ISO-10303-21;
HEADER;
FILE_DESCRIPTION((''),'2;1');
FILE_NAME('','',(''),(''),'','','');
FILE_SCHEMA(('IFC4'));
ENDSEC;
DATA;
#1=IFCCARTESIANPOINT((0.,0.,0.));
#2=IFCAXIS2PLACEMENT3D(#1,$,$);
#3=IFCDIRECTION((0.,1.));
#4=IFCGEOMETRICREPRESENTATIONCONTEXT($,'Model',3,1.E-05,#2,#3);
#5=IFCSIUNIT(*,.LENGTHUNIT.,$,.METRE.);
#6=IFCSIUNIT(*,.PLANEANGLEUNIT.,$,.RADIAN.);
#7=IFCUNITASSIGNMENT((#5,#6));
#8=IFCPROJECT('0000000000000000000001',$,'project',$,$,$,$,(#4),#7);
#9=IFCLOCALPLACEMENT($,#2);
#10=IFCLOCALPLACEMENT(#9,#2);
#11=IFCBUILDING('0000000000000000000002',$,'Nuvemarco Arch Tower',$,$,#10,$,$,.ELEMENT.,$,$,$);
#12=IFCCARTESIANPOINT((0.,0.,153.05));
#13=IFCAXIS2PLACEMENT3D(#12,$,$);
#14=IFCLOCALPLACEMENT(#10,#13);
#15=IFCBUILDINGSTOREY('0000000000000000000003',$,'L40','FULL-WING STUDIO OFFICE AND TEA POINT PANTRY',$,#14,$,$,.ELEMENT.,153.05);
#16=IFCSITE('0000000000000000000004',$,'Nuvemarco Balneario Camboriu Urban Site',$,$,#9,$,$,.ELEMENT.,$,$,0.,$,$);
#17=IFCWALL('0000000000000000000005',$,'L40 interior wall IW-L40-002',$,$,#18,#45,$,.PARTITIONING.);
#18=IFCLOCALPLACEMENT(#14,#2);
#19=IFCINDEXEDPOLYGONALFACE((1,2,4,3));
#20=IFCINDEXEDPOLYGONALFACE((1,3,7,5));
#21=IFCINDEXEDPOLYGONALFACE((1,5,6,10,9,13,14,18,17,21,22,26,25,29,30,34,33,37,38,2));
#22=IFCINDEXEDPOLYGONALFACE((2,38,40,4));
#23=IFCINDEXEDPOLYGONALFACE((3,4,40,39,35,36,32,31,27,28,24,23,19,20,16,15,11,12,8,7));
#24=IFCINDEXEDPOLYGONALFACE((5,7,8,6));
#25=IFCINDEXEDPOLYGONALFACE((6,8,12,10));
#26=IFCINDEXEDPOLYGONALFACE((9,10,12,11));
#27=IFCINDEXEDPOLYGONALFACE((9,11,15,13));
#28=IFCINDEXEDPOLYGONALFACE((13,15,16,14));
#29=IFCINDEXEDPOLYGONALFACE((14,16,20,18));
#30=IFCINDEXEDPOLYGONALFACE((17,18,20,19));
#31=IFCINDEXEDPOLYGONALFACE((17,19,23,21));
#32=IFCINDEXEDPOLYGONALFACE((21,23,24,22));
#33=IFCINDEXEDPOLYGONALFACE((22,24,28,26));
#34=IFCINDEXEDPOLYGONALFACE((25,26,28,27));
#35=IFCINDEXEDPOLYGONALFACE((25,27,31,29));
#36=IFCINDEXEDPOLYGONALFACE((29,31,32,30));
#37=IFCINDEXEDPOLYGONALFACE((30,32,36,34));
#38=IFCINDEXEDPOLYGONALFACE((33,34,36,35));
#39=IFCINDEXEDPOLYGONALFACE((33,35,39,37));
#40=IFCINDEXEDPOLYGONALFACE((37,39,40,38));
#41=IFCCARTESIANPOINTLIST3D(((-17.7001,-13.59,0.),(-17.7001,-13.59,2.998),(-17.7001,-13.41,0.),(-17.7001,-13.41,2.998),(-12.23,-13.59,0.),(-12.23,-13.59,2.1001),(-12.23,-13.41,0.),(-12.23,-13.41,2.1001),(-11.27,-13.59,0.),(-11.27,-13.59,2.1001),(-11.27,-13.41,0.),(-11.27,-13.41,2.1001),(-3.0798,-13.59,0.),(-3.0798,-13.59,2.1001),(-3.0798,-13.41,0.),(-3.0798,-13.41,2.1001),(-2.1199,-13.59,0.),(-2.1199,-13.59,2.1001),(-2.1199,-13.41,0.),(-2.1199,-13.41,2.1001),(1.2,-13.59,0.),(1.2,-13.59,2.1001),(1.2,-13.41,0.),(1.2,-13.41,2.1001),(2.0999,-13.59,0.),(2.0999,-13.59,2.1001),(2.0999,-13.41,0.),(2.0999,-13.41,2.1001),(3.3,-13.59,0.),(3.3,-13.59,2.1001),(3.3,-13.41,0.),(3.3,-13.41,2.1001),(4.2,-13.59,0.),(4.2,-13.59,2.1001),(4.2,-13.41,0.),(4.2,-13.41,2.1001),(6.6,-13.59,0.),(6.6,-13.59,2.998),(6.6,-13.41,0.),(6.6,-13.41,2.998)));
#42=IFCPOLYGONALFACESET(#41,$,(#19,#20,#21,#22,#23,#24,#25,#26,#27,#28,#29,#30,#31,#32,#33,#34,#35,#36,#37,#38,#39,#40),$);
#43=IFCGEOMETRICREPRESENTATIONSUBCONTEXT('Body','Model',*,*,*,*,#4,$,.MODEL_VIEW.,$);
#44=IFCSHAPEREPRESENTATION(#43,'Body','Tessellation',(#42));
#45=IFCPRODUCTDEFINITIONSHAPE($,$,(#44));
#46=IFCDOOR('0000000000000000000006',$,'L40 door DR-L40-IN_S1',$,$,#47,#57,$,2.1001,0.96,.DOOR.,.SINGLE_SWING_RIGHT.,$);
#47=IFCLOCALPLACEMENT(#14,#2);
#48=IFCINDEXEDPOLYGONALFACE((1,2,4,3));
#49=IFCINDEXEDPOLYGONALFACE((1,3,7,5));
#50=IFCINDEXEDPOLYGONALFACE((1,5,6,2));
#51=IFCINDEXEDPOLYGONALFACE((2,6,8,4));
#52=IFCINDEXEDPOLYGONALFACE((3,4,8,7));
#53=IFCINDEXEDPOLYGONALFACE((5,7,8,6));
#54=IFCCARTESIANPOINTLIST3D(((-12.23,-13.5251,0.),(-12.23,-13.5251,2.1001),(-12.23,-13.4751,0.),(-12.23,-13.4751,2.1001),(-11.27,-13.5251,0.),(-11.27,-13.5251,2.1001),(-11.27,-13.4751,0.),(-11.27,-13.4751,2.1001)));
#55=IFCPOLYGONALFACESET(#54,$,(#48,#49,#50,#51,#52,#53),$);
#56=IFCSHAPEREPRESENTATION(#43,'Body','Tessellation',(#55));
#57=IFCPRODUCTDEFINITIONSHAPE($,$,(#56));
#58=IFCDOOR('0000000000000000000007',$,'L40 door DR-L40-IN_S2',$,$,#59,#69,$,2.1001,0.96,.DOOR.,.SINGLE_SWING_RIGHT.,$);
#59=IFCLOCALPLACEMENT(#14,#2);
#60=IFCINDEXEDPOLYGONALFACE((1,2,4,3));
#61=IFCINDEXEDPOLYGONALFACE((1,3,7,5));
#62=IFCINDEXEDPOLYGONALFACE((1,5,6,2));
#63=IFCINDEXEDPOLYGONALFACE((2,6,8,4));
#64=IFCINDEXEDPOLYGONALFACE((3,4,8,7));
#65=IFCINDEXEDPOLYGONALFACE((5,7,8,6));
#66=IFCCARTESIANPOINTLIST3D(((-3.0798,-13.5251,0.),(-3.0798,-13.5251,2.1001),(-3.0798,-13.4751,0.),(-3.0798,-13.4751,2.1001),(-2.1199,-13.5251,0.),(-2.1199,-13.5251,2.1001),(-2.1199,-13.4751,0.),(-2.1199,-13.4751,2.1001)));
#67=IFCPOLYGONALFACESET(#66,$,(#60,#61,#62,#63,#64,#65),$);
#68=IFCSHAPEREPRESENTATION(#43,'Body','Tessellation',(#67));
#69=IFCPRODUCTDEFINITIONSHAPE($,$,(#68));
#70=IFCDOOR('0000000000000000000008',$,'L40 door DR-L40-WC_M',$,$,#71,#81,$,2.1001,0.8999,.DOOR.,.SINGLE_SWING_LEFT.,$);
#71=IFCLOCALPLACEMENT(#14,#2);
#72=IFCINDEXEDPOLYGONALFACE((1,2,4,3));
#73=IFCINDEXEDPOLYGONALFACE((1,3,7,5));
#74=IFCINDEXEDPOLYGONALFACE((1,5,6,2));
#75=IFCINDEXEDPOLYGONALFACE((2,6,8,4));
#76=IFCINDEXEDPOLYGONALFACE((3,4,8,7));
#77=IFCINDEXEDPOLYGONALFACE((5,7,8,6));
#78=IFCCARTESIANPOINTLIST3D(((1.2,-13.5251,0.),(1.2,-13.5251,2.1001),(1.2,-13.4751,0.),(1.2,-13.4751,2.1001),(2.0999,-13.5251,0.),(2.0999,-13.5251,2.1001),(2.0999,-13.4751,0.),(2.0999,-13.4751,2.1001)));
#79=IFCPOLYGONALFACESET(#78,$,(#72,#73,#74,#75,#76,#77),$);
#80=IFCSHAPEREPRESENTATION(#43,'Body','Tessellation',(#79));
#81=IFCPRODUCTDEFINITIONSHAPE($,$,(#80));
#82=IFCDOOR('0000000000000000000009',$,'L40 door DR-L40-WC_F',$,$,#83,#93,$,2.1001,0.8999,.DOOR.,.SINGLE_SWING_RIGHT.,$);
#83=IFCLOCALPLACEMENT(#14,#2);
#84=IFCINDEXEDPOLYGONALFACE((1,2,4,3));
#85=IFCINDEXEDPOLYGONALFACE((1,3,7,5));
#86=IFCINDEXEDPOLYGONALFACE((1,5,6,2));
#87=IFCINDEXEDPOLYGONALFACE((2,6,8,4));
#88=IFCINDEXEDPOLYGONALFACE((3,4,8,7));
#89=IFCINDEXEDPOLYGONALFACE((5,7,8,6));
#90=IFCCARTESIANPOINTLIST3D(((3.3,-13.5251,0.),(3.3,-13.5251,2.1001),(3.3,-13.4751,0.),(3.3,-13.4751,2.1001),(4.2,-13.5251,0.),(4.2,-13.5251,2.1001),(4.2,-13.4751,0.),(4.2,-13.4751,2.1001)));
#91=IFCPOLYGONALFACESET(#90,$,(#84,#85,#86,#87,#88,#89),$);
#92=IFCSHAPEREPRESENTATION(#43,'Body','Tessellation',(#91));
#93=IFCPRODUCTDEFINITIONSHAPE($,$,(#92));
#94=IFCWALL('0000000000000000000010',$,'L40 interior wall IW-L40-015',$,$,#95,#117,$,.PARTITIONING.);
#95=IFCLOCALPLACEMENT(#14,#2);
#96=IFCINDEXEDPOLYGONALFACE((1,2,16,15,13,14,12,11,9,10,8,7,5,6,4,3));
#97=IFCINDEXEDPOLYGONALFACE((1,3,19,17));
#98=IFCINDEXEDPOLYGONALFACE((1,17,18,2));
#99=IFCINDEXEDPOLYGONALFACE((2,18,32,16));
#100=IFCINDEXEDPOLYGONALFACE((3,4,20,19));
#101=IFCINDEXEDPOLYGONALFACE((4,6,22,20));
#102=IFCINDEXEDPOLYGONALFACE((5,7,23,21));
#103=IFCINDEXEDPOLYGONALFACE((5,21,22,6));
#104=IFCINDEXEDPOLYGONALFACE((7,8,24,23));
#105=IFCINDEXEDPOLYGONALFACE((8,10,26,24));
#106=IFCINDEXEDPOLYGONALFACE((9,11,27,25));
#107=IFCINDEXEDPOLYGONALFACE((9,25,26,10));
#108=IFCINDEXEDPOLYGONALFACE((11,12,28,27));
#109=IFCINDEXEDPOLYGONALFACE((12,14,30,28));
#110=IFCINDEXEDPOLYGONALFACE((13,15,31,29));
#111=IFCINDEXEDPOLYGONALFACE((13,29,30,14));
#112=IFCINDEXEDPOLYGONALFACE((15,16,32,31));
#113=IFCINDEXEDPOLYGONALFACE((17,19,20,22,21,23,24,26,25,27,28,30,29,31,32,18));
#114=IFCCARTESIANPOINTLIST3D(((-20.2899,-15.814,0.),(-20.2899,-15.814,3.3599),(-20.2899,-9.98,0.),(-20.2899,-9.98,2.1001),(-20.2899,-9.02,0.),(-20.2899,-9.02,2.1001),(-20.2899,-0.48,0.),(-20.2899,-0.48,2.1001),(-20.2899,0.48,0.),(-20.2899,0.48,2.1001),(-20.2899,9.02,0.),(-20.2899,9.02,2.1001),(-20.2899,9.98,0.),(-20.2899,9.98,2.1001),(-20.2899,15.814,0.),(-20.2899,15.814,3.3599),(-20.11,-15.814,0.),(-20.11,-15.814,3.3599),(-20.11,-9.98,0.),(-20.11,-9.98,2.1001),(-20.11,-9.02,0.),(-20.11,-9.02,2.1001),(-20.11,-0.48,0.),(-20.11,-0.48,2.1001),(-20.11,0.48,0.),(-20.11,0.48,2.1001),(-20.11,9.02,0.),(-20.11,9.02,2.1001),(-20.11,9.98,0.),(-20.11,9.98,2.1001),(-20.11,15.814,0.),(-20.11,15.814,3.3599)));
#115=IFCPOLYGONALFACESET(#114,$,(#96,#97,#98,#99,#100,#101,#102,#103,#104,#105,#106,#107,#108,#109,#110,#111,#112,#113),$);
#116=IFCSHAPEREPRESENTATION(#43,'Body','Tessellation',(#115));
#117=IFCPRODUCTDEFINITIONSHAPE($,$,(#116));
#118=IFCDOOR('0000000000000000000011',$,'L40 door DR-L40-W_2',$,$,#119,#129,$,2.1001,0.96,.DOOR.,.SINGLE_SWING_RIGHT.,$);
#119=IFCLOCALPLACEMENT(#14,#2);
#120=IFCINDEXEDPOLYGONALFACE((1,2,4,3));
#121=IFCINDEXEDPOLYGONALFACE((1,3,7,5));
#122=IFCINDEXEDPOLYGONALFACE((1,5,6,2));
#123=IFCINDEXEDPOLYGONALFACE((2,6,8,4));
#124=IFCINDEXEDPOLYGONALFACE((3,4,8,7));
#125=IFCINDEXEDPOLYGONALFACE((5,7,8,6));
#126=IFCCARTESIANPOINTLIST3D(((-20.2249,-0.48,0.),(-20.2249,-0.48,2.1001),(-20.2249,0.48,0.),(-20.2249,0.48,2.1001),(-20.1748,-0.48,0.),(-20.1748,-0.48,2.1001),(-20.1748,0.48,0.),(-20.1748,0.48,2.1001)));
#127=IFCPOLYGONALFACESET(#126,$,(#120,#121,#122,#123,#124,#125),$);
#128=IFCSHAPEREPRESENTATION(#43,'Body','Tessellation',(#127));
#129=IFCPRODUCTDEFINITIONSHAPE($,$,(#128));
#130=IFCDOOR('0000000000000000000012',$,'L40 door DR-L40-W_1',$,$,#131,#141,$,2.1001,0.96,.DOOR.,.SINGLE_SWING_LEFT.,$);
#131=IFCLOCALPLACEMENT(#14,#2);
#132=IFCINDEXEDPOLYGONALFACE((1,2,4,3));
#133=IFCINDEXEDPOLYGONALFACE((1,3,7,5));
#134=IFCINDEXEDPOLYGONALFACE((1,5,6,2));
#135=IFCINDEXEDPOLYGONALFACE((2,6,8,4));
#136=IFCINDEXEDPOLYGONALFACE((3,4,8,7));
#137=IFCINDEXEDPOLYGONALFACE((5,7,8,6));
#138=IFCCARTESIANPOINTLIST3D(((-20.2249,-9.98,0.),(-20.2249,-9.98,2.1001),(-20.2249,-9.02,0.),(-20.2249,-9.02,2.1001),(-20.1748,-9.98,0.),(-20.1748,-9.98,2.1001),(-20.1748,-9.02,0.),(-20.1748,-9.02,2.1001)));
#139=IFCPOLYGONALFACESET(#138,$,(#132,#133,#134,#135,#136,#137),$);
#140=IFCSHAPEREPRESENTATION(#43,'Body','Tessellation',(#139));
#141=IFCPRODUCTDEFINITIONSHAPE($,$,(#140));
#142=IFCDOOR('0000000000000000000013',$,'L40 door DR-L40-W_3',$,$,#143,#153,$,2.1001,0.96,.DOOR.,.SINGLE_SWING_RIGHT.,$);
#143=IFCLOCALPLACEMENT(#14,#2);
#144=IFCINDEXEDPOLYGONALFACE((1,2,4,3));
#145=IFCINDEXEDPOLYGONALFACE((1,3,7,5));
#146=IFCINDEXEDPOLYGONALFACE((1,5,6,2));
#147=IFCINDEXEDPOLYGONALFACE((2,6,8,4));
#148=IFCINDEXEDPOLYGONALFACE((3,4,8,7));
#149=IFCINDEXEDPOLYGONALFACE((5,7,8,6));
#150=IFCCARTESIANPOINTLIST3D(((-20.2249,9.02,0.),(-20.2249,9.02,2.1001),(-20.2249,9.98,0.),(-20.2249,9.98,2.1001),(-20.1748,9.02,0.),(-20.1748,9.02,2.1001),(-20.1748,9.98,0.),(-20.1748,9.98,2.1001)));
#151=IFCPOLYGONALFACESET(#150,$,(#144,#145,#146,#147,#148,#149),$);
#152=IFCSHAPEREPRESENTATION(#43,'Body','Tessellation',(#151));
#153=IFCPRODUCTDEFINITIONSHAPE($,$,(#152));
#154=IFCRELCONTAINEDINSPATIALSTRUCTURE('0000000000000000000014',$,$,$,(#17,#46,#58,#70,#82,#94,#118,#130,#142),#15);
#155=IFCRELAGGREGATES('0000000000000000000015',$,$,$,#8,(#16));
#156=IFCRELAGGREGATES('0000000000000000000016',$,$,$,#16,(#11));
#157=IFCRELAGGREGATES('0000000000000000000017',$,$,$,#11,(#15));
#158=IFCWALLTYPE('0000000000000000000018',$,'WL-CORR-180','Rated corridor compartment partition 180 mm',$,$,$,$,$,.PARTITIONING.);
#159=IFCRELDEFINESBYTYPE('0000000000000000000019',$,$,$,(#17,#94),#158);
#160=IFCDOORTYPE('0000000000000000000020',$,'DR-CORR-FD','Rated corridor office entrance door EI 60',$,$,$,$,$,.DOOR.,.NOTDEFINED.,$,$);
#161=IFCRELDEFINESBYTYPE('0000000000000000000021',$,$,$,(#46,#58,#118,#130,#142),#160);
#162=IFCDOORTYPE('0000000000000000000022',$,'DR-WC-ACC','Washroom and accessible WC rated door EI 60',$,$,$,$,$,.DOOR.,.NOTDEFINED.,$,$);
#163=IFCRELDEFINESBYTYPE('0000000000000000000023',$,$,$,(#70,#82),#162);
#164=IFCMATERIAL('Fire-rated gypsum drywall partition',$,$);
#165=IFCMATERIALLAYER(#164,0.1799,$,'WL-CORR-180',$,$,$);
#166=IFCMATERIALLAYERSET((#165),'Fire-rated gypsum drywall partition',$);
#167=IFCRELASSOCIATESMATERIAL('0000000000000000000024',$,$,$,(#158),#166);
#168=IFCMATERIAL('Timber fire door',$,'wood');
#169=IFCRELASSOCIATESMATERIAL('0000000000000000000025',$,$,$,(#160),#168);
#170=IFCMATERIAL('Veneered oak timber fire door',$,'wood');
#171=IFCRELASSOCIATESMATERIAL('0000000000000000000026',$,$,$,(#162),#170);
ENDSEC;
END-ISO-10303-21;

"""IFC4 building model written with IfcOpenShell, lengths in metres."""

from ifc_helpers import new_model, si_unit, direction, frame, frame_2d, origin, place, context, subcontext, project, spatial, rectangle, extrude, source, transform, mapped, material, layer, layer_set, type_object, type_shapes, element, fill, save


model = new_model("IFC4")

# Units and contexts
model_context = context("Model", 3, precision=1e-05, world=origin(), true_north=direction((0.0, 1.0)))
body_context = subcontext(model_context, "Body", "Model", "MODEL_VIEW")
ifc_project = project(units=[si_unit("LENGTHUNIT", "METRE"), si_unit("PLANEANGLEUNIT", "RADIAN")], contexts=[model_context])

# Site, building, storey
site_placement = place(None, origin())
site = spatial("IfcSite", under=ifc_project, at=site_placement, Name="Nuvemarco Balneario Camboriu Urban Site", CompositionType="ELEMENT", RefElevation=0.0)
building_placement = place(site_placement, origin())
building = spatial("IfcBuilding", under=site, at=building_placement, Name="Nuvemarco Arch Tower", CompositionType="ELEMENT")
storey_placement = place(building_placement, frame((0.0, 0.0, 153.05)))
storey = spatial("IfcBuildingStorey", under=building, at=storey_placement, Name="L40", Description="FULL-WING STUDIO OFFICE AND TEA POINT PANTRY", CompositionType="ELEMENT", Elevation=153.05)

# Walls, openings, doors
ifc_material_1 = material(Name="Fire-rated gypsum drywall partition")
ifc_layer = layer(ifc_material_1, 0.1799, Name="WL-CORR-180")
ifc_layer_set = layer_set([ifc_layer], Name="Fire-rated gypsum drywall partition")
wall_type = type_object("IfcWallType", Name="WL-CORR-180", Description="Rated corridor compartment partition 180 mm", PredefinedType="PARTITIONING", material=ifc_layer_set)
ifc_material_2 = material(Name="Timber fire door", Category="wood")
door_type_1 = type_object("IfcDoorType", Name="DR-CORR-FD", Description="Rated corridor office entrance door EI 60", OperationType="NOTDEFINED", PredefinedType="DOOR", material=ifc_material_2)
shared_shape_1 = source(origin(), body_context, "Body", "SweptSolid", [
    extrude(rectangle(XDim=0.96, YDim=2.1001, at=frame_2d((0.48, 1.05))), frame((0.0, 0.0249, 0.0), z_axis=(0.0, -1.0, 0.0), x_axis=(1.0, 0.0, 0.0)), (0.0, 0.0, 1.0), 0.05),
])
type_shapes(door_type_1, [shared_shape_1])
wall_1_placement = place(storey_placement, frame((-17.7, -13.5, 0.0), z_axis=(0.0, 0.0, 1.0), x_axis=(1.0, 0.0, 0.0)))
wall_1 = element("IfcWall", 1, at=wall_1_placement, inside=storey, type_object=wall_type, Name="L40 interior wall IW-L40-002", PredefinedType="PARTITIONING", context=body_context, shape_type="SweptSolid", body=[
    extrude(rectangle(XDim=24.3, YDim=0.1799, at=frame_2d((12.1499, 0.0))), origin(), (0.0, 0.0, 1.0), 2.998),
])
opening_1_placement = place(wall_1_placement, frame((5.47, 0.0, 0.0)))
opening_1 = element("IfcOpeningElement", 2, at=opening_1_placement, cuts=wall_1, PredefinedType="OPENING", context=body_context, shape_type="SweptSolid", body=[
    extrude(rectangle(XDim=0.96, YDim=2.1001, at=frame_2d((0.48, 1.05))), frame((0.0, 0.0999, 0.0), z_axis=(0.0, -1.0, 0.0), x_axis=(1.0, 0.0, 0.0)), (0.0, 0.0, 1.0), 0.2),
])
opening_2_placement = place(wall_1_placement, frame((14.6201, 0.0, 0.0)))
opening_2 = element("IfcOpeningElement", 3, at=opening_2_placement, cuts=wall_1, PredefinedType="OPENING", context=body_context, shape_type="SweptSolid", body=[
    extrude(rectangle(XDim=0.96, YDim=2.1001, at=frame_2d((0.48, 1.05))), frame((0.0, 0.0999, 0.0), z_axis=(0.0, -1.0, 0.0), x_axis=(1.0, 0.0, 0.0)), (0.0, 0.0, 1.0), 0.2),
])
opening_3_placement = place(wall_1_placement, frame((18.8999, 0.0, 0.0)))
opening_3 = element("IfcOpeningElement", 4, at=opening_3_placement, cuts=wall_1, PredefinedType="OPENING", context=body_context, shape_type="SweptSolid", body=[
    extrude(rectangle(XDim=0.8999, YDim=2.1001, at=frame_2d((0.45, 1.05))), frame((0.0, 0.0999, 0.0), z_axis=(0.0, -1.0, 0.0), x_axis=(1.0, 0.0, 0.0)), (0.0, 0.0, 1.0), 0.2),
])
opening_4_placement = place(wall_1_placement, frame((21.0, 0.0, 0.0)))
opening_4 = element("IfcOpeningElement", 5, at=opening_4_placement, cuts=wall_1, PredefinedType="OPENING", context=body_context, shape_type="SweptSolid", body=[
    extrude(rectangle(XDim=0.8999, YDim=2.1001, at=frame_2d((0.45, 1.05))), frame((0.0, 0.0999, 0.0), z_axis=(0.0, -1.0, 0.0), x_axis=(1.0, 0.0, 0.0)), (0.0, 0.0, 1.0), 0.2),
])
door_1_placement = place(opening_1_placement, origin())
door_1 = element("IfcDoor", 6, at=door_1_placement, inside=storey, type_object=door_type_1, Name="L40 door DR-L40-IN_S1", OperationType="SINGLE_SWING_RIGHT", OverallHeight=2.1001, OverallWidth=0.96, PredefinedType="DOOR", context=body_context, shape_type="MappedRepresentation", body=[
    mapped(shared_shape_1, transform((0.0, 0.0, 0.0), scale=1.0)),
])
fill(opening_1, door_1)
door_2_placement = place(opening_2_placement, origin())
door_2 = element("IfcDoor", 7, at=door_2_placement, inside=storey, type_object=door_type_1, Name="L40 door DR-L40-IN_S2", OperationType="SINGLE_SWING_RIGHT", OverallHeight=2.1001, OverallWidth=0.96, PredefinedType="DOOR", context=body_context, shape_type="MappedRepresentation", body=[
    mapped(shared_shape_1, transform((0.0, 0.0, 0.0), scale=1.0)),
])
fill(opening_2, door_2)
ifc_material_3 = material(Name="Veneered oak timber fire door", Category="wood")
door_type_2 = type_object("IfcDoorType", Name="DR-WC-ACC", Description="Washroom and accessible WC rated door EI 60", OperationType="NOTDEFINED", PredefinedType="DOOR", material=ifc_material_3)
shared_shape_2 = source(origin(), body_context, "Body", "SweptSolid", [
    extrude(rectangle(XDim=0.8999, YDim=2.1001, at=frame_2d((0.45, 1.05))), frame((0.0, 0.0249, 0.0), z_axis=(0.0, -1.0, 0.0), x_axis=(1.0, 0.0, 0.0)), (0.0, 0.0, 1.0), 0.05),
])
type_shapes(door_type_2, [shared_shape_2])
door_3_placement = place(opening_3_placement, origin())
door_3 = element("IfcDoor", 8, at=door_3_placement, inside=storey, type_object=door_type_2, Name="L40 door DR-L40-WC_M", OperationType="SINGLE_SWING_LEFT", OverallHeight=2.1001, OverallWidth=0.8999, PredefinedType="DOOR", context=body_context, shape_type="MappedRepresentation", body=[
    mapped(shared_shape_2, transform((0.0, 0.0, 0.0), scale=1.0)),
])
fill(opening_3, door_3)
door_4_placement = place(opening_4_placement, origin())
door_4 = element("IfcDoor", 9, at=door_4_placement, inside=storey, type_object=door_type_2, Name="L40 door DR-L40-WC_F", OperationType="SINGLE_SWING_RIGHT", OverallHeight=2.1001, OverallWidth=0.8999, PredefinedType="DOOR", context=body_context, shape_type="MappedRepresentation", body=[
    mapped(shared_shape_2, transform((0.0, 0.0, 0.0), scale=1.0)),
])
fill(opening_4, door_4)
wall_2_placement = place(storey_placement, frame((-20.2, -15.814, 0.0), z_axis=(0.0, 0.0, 1.0), x_axis=(0.0, 1.0, 0.0)))
wall_2 = element("IfcWall", 10, at=wall_2_placement, inside=storey, type_object=wall_type, Name="L40 interior wall IW-L40-015", PredefinedType="PARTITIONING", context=body_context, shape_type="SweptSolid", body=[
    extrude(rectangle(XDim=31.6279, YDim=0.1799, at=frame_2d((15.814, 0.0))), origin(), (0.0, 0.0, 1.0), 3.3599),
])
opening_5_placement = place(wall_2_placement, frame((15.334, 0.0, 0.0)))
opening_5 = element("IfcOpeningElement", 11, at=opening_5_placement, cuts=wall_2, PredefinedType="OPENING", context=body_context, shape_type="SweptSolid", body=[
    extrude(rectangle(XDim=0.96, YDim=2.1001, at=frame_2d((0.48, 1.05))), frame((0.0, 0.0999, 0.0), z_axis=(0.0, -1.0, 0.0), x_axis=(1.0, 0.0, 0.0)), (0.0, 0.0, 1.0), 0.2),
])
opening_6_placement = place(wall_2_placement, frame((5.834, 0.0, 0.0)))
opening_6 = element("IfcOpeningElement", 12, at=opening_6_placement, cuts=wall_2, PredefinedType="OPENING", context=body_context, shape_type="SweptSolid", body=[
    extrude(rectangle(XDim=0.96, YDim=2.1001, at=frame_2d((0.48, 1.05))), frame((0.0, 0.0999, 0.0), z_axis=(0.0, -1.0, 0.0), x_axis=(1.0, 0.0, 0.0)), (0.0, 0.0, 1.0), 0.2),
])
opening_7_placement = place(wall_2_placement, frame((24.834, 0.0, 0.0)))
opening_7 = element("IfcOpeningElement", 13, at=opening_7_placement, cuts=wall_2, PredefinedType="OPENING", context=body_context, shape_type="SweptSolid", body=[
    extrude(rectangle(XDim=0.96, YDim=2.1001, at=frame_2d((0.48, 1.05))), frame((0.0, 0.0999, 0.0), z_axis=(0.0, -1.0, 0.0), x_axis=(1.0, 0.0, 0.0)), (0.0, 0.0, 1.0), 0.2),
])
door_5_placement = place(opening_5_placement, origin())
door_5 = element("IfcDoor", 14, at=door_5_placement, inside=storey, type_object=door_type_1, Name="L40 door DR-L40-W_2", OperationType="SINGLE_SWING_RIGHT", OverallHeight=2.1001, OverallWidth=0.96, PredefinedType="DOOR", context=body_context, shape_type="MappedRepresentation", body=[
    mapped(shared_shape_1, transform((0.0, 0.0, 0.0), scale=1.0)),
])
fill(opening_5, door_5)
door_6_placement = place(opening_6_placement, origin())
door_6 = element("IfcDoor", 15, at=door_6_placement, inside=storey, type_object=door_type_1, Name="L40 door DR-L40-W_1", OperationType="SINGLE_SWING_LEFT", OverallHeight=2.1001, OverallWidth=0.96, PredefinedType="DOOR", context=body_context, shape_type="MappedRepresentation", body=[
    mapped(shared_shape_1, transform((0.0, 0.0, 0.0), scale=1.0)),
])
fill(opening_6, door_6)
door_7_placement = place(opening_7_placement, origin())
door_7 = element("IfcDoor", 16, at=door_7_placement, inside=storey, type_object=door_type_1, Name="L40 door DR-L40-W_3", OperationType="SINGLE_SWING_RIGHT", OverallHeight=2.1001, OverallWidth=0.96, PredefinedType="DOOR", context=body_context, shape_type="MappedRepresentation", body=[
    mapped(shared_shape_1, transform((0.0, 0.0, 0.0), scale=1.0)),
])
fill(opening_7, door_7)

save(model, "model.ifc")
